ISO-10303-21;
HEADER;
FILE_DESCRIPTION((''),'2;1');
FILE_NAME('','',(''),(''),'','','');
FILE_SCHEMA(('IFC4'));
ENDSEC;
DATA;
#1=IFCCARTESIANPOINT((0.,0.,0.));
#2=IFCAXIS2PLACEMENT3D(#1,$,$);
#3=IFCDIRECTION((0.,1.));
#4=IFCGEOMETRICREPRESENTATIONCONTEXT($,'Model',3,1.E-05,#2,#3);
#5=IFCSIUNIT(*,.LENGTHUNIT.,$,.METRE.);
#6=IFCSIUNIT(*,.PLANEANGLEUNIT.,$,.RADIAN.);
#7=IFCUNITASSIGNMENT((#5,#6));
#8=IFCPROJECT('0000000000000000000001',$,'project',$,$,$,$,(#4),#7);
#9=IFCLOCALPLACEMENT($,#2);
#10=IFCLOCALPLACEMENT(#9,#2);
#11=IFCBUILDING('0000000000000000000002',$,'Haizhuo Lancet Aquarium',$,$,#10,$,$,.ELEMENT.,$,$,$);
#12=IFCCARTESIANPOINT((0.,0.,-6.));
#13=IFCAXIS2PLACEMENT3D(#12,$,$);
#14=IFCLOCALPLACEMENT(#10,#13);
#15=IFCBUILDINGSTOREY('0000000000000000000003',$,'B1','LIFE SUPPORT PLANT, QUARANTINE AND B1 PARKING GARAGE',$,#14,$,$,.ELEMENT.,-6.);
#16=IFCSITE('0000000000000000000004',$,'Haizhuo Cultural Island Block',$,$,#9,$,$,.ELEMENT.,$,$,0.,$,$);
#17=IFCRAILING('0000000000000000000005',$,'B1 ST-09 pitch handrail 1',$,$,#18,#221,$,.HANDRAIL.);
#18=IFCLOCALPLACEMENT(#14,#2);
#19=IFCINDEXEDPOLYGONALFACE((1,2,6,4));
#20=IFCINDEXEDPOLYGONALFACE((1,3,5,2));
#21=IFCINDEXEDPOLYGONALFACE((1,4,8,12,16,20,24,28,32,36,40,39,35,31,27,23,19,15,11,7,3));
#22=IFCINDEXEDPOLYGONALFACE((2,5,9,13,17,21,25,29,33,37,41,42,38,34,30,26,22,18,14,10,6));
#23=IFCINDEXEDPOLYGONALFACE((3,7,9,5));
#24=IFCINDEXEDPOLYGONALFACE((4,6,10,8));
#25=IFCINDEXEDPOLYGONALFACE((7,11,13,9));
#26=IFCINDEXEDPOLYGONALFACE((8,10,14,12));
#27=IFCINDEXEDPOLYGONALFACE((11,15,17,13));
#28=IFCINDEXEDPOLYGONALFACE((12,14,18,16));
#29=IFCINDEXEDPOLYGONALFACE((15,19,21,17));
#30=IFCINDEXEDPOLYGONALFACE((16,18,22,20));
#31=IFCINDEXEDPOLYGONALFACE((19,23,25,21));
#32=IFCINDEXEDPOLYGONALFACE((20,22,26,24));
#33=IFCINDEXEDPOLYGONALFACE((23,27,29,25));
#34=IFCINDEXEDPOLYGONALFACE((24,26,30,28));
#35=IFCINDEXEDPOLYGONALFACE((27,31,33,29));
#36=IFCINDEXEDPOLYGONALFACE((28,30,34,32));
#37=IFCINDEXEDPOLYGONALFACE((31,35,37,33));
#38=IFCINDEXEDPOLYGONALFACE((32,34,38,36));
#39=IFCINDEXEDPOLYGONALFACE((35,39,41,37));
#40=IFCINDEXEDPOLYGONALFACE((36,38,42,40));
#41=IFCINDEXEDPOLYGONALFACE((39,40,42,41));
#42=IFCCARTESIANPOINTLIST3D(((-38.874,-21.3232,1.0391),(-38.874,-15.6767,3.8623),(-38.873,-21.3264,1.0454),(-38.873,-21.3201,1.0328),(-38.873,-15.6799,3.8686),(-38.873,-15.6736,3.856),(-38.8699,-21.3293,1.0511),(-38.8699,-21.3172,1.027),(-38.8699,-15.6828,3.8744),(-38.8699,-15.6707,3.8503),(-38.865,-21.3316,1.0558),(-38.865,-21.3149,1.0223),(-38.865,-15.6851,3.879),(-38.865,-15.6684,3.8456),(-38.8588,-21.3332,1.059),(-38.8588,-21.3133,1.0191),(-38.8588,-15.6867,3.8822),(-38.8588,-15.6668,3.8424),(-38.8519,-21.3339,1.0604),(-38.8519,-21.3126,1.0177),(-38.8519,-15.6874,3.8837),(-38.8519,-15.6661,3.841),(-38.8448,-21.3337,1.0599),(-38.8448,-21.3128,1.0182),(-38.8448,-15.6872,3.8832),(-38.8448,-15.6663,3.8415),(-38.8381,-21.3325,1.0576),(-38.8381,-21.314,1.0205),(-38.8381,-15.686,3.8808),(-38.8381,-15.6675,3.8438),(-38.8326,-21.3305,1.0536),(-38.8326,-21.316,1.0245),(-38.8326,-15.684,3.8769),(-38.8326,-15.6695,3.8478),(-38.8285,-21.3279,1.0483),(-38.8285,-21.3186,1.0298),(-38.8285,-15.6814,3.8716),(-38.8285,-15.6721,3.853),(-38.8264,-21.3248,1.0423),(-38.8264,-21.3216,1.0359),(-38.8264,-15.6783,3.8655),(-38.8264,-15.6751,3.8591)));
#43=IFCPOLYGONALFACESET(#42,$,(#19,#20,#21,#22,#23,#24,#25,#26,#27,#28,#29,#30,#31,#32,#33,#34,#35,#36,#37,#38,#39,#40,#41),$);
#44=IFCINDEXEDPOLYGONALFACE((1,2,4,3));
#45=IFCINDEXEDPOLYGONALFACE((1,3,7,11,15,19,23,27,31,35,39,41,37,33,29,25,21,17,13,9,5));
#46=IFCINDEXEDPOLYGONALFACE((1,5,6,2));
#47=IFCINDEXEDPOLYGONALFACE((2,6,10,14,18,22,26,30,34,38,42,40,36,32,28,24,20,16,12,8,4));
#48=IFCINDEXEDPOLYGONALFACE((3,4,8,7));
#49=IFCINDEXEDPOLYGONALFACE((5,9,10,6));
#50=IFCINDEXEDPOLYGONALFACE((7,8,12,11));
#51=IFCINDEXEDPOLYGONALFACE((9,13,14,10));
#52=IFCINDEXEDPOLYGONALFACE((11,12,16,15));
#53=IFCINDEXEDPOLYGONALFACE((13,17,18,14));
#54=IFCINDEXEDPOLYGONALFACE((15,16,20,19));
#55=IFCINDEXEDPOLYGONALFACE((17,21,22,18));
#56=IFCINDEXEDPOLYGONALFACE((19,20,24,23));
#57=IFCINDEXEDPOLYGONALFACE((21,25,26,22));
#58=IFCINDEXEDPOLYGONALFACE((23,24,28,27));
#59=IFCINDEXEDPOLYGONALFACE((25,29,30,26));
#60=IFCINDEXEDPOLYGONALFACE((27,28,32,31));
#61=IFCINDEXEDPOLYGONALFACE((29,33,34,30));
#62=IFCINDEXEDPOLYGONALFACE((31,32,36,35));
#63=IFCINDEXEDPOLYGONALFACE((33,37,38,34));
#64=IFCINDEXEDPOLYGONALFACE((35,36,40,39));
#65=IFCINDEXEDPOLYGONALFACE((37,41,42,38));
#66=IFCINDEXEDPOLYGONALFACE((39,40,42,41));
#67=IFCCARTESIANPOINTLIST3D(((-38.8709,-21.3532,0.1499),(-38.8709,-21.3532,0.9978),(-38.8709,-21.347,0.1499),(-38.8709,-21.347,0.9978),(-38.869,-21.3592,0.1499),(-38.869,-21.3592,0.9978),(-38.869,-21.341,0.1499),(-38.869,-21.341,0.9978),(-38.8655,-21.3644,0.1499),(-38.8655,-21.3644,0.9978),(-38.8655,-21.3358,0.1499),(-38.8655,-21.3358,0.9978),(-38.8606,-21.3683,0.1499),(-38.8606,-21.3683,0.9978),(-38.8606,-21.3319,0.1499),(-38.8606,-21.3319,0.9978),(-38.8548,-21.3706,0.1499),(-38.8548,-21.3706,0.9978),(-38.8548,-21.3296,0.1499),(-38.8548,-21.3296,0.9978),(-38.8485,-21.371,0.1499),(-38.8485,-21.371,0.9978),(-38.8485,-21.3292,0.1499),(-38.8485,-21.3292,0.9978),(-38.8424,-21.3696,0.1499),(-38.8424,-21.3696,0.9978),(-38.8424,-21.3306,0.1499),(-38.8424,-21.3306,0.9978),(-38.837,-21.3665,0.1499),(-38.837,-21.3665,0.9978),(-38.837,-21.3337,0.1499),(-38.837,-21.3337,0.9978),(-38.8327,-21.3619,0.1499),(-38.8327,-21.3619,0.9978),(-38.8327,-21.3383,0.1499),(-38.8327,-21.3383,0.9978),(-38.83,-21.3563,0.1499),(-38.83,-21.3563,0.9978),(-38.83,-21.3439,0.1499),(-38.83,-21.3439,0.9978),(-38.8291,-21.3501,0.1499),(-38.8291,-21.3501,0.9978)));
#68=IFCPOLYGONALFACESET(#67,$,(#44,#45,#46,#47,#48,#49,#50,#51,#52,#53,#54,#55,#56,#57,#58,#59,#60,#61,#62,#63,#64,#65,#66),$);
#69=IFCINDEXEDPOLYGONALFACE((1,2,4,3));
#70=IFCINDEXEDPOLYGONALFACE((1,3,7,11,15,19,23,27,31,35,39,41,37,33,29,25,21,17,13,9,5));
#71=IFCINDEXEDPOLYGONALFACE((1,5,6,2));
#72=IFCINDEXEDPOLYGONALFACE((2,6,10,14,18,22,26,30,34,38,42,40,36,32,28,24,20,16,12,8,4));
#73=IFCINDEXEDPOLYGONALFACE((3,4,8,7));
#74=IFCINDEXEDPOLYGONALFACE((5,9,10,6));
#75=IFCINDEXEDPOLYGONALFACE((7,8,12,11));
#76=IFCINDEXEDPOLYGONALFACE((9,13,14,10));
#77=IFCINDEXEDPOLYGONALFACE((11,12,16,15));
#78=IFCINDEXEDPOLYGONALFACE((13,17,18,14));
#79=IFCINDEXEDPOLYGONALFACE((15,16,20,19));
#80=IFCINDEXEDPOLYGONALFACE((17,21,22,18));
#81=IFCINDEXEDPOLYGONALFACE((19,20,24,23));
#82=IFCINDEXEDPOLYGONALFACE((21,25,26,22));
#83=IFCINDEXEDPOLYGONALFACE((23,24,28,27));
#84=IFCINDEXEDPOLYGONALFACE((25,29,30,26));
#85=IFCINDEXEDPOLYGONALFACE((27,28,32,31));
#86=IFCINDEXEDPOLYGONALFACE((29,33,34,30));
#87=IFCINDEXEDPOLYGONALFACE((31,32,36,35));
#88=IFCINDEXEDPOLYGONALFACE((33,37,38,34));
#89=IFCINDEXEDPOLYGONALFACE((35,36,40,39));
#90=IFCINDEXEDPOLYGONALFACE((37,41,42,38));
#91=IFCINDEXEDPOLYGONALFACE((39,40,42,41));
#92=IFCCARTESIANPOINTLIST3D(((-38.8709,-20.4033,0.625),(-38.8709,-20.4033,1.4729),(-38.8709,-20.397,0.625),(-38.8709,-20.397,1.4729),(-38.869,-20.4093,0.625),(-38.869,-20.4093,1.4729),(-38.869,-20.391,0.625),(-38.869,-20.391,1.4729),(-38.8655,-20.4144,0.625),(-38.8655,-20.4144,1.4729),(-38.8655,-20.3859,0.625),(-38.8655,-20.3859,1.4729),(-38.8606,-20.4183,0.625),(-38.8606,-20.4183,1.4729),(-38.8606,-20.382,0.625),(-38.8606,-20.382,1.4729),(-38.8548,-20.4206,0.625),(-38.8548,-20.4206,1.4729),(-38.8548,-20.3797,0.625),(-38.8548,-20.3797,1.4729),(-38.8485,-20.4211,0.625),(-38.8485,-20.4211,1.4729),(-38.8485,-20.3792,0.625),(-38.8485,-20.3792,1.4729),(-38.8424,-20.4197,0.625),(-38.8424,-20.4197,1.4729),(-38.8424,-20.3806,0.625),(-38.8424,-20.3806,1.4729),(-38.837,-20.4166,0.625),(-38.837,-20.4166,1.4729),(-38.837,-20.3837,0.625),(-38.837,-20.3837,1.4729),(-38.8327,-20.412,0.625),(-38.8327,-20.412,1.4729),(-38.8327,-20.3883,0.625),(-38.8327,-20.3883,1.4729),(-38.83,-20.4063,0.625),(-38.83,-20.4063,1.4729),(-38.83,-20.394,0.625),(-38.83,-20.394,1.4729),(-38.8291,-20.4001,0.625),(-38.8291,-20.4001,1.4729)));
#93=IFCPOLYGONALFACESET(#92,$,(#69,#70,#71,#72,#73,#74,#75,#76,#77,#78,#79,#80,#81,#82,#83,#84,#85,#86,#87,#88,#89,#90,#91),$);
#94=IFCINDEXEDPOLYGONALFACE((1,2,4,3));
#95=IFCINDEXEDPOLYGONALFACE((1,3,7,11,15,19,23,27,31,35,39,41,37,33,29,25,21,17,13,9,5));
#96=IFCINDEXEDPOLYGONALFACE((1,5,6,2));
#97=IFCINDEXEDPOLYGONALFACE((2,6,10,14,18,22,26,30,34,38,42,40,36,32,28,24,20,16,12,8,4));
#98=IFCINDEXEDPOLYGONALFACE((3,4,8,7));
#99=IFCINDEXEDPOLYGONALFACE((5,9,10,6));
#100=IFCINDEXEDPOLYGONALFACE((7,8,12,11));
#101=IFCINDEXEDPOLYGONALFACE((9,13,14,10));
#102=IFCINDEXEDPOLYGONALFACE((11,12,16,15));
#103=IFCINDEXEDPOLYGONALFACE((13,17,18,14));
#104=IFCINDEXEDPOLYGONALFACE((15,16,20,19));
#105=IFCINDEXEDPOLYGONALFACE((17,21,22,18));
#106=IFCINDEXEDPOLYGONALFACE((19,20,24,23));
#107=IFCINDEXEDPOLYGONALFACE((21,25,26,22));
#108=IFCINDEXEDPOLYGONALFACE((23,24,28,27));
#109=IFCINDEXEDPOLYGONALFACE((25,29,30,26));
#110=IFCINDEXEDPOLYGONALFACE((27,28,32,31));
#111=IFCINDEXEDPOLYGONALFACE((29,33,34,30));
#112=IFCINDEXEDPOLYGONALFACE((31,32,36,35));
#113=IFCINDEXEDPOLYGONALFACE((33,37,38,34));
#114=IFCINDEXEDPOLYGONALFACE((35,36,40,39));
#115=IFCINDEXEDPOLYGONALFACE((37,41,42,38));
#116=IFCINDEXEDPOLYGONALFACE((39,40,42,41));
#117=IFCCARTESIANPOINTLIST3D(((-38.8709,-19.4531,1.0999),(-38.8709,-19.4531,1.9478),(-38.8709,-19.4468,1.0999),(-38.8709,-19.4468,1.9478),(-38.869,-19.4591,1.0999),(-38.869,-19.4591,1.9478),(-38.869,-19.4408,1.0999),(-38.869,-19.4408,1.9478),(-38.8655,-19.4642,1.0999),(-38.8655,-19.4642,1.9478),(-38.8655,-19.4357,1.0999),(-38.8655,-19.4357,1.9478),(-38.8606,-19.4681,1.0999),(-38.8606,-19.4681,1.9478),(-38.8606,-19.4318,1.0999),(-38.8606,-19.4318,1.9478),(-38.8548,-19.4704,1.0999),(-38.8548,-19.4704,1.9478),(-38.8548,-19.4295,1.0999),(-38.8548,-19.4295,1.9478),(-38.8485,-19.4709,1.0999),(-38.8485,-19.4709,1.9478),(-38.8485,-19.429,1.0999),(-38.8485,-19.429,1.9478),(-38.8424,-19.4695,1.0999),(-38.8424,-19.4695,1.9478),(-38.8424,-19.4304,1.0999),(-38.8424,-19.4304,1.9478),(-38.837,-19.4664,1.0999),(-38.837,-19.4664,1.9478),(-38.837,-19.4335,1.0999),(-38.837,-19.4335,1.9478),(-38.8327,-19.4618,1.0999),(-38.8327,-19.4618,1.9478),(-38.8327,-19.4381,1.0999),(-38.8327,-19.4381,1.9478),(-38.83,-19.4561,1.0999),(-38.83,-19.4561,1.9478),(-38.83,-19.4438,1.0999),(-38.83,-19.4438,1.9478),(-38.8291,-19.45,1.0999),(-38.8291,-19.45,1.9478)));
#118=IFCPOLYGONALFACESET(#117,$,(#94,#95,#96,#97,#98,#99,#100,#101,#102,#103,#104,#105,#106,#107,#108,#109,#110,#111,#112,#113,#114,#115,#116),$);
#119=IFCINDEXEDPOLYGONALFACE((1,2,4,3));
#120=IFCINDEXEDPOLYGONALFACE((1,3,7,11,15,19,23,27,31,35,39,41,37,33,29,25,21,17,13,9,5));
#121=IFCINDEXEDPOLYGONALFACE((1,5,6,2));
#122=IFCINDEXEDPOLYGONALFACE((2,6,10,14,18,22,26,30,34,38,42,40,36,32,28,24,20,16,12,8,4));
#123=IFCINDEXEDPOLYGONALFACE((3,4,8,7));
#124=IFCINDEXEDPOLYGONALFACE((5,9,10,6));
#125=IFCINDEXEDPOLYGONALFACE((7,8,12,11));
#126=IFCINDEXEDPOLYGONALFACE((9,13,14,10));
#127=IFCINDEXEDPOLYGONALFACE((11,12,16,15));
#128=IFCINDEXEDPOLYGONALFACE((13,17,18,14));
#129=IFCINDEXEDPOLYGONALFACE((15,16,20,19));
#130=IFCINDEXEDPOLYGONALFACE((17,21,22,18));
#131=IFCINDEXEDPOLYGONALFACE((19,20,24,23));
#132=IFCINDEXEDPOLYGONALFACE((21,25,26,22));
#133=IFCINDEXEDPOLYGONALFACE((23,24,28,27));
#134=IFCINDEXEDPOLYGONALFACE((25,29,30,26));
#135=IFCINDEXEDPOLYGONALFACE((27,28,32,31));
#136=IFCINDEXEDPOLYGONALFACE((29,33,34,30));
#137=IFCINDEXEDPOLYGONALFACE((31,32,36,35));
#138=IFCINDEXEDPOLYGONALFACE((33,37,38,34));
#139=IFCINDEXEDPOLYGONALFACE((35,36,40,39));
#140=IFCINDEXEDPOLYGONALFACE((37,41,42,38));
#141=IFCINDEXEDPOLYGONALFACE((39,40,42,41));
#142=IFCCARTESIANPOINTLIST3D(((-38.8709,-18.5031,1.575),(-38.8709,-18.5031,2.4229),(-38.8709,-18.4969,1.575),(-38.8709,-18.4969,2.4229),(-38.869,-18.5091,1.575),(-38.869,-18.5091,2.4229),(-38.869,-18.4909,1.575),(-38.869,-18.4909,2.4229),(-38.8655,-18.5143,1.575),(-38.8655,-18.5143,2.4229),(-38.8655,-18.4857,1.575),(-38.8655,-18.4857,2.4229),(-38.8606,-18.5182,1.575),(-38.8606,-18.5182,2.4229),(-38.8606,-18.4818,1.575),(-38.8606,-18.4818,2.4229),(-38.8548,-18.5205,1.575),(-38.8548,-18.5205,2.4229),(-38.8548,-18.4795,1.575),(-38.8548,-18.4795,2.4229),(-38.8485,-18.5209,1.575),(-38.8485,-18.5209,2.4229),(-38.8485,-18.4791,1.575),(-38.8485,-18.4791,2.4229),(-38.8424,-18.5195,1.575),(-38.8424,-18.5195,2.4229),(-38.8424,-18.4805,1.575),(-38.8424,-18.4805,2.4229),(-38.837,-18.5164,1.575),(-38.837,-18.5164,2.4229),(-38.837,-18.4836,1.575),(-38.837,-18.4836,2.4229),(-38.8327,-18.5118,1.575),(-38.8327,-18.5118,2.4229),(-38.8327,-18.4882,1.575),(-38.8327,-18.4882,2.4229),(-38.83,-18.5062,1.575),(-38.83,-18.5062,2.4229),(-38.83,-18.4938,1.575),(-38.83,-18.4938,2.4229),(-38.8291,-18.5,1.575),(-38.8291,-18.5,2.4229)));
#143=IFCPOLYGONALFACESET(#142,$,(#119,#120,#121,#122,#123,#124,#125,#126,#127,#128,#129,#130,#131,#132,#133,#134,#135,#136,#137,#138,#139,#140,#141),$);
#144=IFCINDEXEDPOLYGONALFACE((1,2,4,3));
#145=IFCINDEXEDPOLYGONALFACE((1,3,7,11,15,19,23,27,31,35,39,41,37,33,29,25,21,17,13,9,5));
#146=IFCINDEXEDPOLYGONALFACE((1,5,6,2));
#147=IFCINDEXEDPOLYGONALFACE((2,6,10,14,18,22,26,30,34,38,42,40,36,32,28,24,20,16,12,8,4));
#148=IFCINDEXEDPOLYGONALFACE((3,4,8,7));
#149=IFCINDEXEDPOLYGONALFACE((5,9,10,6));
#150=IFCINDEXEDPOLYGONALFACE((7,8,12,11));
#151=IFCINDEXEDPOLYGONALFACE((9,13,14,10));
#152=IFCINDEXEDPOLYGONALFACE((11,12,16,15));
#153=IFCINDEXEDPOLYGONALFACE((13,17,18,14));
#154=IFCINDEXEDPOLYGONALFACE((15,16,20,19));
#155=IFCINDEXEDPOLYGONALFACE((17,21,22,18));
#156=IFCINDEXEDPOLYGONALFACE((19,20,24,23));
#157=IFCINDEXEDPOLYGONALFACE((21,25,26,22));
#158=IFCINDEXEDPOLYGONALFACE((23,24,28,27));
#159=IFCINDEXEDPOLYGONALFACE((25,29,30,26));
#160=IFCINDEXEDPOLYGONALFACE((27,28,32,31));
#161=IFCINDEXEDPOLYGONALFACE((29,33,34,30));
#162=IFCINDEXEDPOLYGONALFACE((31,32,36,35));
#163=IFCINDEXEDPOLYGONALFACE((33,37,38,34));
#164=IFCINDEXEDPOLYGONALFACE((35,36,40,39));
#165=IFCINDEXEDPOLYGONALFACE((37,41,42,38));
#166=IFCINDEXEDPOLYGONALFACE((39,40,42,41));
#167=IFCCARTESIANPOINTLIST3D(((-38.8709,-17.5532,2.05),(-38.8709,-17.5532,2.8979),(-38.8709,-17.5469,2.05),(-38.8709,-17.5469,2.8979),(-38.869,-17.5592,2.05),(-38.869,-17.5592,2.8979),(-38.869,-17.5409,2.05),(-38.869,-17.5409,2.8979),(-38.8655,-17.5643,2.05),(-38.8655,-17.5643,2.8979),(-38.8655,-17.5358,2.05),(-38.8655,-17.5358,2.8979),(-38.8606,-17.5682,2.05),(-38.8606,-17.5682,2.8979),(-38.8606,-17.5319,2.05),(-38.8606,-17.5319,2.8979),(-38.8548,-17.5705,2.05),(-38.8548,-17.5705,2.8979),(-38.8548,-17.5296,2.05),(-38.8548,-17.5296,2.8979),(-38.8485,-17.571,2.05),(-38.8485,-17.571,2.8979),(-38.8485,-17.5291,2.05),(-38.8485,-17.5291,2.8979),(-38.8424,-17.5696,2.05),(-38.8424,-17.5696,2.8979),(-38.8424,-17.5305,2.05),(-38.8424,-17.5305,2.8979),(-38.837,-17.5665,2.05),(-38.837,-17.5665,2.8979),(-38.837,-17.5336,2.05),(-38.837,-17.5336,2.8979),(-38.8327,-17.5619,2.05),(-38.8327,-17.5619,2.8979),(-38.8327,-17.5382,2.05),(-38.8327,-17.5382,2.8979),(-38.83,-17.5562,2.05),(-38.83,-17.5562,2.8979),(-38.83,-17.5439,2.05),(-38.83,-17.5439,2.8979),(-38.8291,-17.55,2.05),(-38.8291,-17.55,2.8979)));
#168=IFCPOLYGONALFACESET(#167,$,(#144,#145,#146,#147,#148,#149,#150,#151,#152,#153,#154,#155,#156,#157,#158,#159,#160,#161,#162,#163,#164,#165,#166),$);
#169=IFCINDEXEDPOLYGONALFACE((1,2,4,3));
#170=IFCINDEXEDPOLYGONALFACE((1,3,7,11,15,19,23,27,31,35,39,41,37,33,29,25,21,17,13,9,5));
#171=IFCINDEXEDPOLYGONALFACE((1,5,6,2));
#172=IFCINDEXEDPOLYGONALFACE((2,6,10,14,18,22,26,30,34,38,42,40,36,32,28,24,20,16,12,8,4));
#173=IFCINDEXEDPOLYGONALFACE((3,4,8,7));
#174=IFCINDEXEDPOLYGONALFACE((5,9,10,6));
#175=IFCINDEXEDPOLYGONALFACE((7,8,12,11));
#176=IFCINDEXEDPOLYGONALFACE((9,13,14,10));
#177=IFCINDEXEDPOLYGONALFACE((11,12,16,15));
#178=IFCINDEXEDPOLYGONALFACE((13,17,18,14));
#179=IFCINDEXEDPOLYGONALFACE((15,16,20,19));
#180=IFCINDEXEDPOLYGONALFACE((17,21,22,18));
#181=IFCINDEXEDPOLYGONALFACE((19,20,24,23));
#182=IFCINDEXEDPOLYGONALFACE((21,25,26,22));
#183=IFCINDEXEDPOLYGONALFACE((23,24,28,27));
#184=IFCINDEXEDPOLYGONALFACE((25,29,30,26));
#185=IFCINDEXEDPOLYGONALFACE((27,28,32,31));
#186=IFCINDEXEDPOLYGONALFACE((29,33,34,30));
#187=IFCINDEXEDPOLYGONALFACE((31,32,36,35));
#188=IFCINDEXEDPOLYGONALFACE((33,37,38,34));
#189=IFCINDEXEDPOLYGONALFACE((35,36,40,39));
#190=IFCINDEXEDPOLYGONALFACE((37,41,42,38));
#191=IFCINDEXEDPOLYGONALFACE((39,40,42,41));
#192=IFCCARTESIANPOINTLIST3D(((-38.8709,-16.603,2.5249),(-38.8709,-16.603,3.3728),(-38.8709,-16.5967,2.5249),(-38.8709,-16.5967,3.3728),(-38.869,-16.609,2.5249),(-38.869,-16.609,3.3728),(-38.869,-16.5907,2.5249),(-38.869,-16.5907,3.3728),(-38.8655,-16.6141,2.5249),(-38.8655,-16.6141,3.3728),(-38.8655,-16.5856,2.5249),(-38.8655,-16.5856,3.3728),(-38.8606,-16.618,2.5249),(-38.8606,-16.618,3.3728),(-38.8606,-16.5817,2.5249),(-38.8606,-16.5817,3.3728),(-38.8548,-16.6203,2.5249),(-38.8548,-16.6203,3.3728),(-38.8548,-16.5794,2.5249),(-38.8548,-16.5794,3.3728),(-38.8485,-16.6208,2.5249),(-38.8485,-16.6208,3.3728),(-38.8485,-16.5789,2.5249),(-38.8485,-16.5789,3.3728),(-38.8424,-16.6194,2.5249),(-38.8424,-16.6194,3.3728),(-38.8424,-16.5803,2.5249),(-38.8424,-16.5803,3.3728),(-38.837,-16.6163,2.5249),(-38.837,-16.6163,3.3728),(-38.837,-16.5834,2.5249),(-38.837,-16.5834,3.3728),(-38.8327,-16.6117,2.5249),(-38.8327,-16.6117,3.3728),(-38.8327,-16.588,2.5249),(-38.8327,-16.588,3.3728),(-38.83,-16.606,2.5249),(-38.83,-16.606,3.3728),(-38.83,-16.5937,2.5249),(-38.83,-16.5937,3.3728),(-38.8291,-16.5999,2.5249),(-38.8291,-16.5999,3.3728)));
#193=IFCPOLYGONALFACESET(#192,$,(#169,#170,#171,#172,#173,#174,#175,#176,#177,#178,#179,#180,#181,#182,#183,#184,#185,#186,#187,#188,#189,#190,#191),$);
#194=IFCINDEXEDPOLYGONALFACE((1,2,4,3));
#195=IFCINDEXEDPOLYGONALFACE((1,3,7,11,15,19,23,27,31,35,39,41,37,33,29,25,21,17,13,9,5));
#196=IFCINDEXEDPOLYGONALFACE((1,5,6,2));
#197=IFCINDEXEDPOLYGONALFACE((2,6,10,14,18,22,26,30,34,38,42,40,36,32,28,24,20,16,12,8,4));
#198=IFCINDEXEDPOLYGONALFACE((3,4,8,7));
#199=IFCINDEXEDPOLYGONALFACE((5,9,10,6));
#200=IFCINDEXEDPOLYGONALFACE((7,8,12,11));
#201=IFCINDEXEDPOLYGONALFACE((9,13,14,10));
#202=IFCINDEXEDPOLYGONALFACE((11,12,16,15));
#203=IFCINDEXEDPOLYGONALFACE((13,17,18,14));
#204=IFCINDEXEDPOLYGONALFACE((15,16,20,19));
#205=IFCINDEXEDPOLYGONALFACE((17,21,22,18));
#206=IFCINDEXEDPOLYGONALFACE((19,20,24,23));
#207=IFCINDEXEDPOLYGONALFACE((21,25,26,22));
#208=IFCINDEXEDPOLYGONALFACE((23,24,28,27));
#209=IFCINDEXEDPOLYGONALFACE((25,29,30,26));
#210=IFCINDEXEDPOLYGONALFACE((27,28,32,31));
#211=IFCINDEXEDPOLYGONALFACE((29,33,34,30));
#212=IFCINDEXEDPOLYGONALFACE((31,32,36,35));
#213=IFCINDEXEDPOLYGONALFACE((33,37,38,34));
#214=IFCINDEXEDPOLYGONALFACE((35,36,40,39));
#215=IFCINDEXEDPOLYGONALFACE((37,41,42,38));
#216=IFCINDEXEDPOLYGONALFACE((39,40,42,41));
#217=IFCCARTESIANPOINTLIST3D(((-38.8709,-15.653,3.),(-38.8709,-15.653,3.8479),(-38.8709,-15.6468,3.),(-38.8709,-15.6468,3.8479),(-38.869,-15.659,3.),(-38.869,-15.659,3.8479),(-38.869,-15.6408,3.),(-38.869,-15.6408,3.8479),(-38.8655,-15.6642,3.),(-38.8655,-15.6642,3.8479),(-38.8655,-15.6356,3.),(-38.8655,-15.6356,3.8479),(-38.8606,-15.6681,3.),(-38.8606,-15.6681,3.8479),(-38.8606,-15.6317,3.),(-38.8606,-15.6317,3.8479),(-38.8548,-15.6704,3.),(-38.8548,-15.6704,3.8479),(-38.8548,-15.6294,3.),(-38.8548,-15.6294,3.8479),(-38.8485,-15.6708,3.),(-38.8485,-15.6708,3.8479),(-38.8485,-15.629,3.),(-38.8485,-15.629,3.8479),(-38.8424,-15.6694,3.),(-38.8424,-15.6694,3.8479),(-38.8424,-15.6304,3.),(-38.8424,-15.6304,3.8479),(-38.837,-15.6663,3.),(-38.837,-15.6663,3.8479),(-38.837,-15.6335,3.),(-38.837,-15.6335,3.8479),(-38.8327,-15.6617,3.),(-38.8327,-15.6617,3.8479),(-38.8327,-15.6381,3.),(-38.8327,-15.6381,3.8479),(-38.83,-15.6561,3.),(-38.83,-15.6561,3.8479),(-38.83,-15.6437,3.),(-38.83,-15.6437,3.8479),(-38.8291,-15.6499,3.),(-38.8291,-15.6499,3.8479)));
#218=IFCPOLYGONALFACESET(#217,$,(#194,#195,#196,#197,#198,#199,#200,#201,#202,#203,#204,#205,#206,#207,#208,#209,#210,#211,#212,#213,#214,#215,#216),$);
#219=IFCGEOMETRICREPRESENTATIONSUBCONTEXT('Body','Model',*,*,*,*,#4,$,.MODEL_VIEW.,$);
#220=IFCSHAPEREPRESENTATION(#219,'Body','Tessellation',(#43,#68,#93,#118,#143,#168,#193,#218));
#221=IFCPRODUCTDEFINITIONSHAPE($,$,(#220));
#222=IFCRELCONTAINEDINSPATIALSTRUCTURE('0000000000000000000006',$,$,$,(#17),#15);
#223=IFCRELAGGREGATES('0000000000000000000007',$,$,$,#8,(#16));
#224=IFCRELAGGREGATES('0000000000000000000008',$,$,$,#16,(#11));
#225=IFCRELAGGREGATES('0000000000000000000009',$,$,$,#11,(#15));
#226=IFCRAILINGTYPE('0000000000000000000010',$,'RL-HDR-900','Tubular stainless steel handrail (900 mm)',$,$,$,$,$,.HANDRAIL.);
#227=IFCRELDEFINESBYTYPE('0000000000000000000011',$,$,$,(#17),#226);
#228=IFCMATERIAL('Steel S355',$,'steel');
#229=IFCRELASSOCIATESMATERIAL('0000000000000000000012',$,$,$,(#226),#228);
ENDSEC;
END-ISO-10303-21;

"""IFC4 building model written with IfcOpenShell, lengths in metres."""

from ifc_helpers import new_model, si_unit, direction, frame, origin, origin_2d, place, context, subcontext, project, spatial, circle, extrude, material, type_object, element, save


model = new_model("IFC4")

# Units and contexts
model_context = context("Model", 3, precision=1e-05, world=origin(), true_north=direction((0.0, 1.0)))
body_context = subcontext(model_context, "Body", "Model", "MODEL_VIEW")
ifc_project = project(units=[si_unit("LENGTHUNIT", "METRE"), si_unit("PLANEANGLEUNIT", "RADIAN")], contexts=[model_context])

# Site, building, storey
site_placement = place(None, origin())
site = spatial("IfcSite", under=ifc_project, at=site_placement, Name="Haizhuo Cultural Island Block", CompositionType="ELEMENT", RefElevation=0.0)
building_placement = place(site_placement, origin())
building = spatial("IfcBuilding", under=site, at=building_placement, Name="Haizhuo Lancet Aquarium", CompositionType="ELEMENT")
storey_placement = place(building_placement, frame((0.0, 0.0, -6.0)))
storey = spatial("IfcBuildingStorey", under=building, at=storey_placement, Name="B1", Description="LIFE SUPPORT PLANT, QUARANTINE AND B1 PARKING GARAGE", CompositionType="ELEMENT", Elevation=-6.0)

# Shared definitions
ifc_material_1 = material(Name="Steel S355", Category="steel")

# Railing
railing_type_1 = type_object("IfcRailingType", Name="RL-HDR-900", Description="Tubular stainless steel handrail (900 mm)", PredefinedType="HANDRAIL", material=ifc_material_1)
railing_1_placement = place(storey_placement, frame((-38.8501, -21.3501, 0.1499)))
element("IfcRailing", 1, at=railing_1_placement, inside=storey, type_object=railing_type_1, Name="B1 ST-09 pitch handrail 1", PredefinedType="HANDRAIL", context=body_context, shape_type="SweptSolid", body=[
    extrude(circle(Radius=0.0239, at=origin_2d()), frame((0.0, 0.0269, 0.8892), z_axis=(0.0, 0.894427, 0.447214), x_axis=(-1.0, 0.0, 0.0)), (0.0, 0.0, 1.0), 6.313),
    extrude(circle(Radius=0.021, at=origin_2d()), origin(), (0.0, 0.0, 1.0), 0.8479),
    extrude(circle(Radius=0.021, at=origin_2d()), frame((0.0, 0.95, 0.4751)), (0.0, 0.0, 1.0), 0.8479),
    extrude(circle(Radius=0.021, at=origin_2d()), frame((0.0, 1.9001, 0.95)), (0.0, 0.0, 1.0), 0.8479),
    extrude(circle(Radius=0.021, at=origin_2d()), frame((0.0, 2.8501, 1.425)), (0.0, 0.0, 1.0), 0.8479),
    extrude(circle(Radius=0.021, at=origin_2d()), frame((0.0, 3.8, 1.9001)), (0.0, 0.0, 1.0), 0.8479),
    extrude(circle(Radius=0.021, at=origin_2d()), frame((0.0, 4.7502, 2.375)), (0.0, 0.0, 1.0), 0.8479),
    extrude(circle(Radius=0.021, at=origin_2d()), frame((0.0, 5.7002, 2.8501)), (0.0, 0.0, 1.0), 0.8479),
])

save(model, "model.ifc")
